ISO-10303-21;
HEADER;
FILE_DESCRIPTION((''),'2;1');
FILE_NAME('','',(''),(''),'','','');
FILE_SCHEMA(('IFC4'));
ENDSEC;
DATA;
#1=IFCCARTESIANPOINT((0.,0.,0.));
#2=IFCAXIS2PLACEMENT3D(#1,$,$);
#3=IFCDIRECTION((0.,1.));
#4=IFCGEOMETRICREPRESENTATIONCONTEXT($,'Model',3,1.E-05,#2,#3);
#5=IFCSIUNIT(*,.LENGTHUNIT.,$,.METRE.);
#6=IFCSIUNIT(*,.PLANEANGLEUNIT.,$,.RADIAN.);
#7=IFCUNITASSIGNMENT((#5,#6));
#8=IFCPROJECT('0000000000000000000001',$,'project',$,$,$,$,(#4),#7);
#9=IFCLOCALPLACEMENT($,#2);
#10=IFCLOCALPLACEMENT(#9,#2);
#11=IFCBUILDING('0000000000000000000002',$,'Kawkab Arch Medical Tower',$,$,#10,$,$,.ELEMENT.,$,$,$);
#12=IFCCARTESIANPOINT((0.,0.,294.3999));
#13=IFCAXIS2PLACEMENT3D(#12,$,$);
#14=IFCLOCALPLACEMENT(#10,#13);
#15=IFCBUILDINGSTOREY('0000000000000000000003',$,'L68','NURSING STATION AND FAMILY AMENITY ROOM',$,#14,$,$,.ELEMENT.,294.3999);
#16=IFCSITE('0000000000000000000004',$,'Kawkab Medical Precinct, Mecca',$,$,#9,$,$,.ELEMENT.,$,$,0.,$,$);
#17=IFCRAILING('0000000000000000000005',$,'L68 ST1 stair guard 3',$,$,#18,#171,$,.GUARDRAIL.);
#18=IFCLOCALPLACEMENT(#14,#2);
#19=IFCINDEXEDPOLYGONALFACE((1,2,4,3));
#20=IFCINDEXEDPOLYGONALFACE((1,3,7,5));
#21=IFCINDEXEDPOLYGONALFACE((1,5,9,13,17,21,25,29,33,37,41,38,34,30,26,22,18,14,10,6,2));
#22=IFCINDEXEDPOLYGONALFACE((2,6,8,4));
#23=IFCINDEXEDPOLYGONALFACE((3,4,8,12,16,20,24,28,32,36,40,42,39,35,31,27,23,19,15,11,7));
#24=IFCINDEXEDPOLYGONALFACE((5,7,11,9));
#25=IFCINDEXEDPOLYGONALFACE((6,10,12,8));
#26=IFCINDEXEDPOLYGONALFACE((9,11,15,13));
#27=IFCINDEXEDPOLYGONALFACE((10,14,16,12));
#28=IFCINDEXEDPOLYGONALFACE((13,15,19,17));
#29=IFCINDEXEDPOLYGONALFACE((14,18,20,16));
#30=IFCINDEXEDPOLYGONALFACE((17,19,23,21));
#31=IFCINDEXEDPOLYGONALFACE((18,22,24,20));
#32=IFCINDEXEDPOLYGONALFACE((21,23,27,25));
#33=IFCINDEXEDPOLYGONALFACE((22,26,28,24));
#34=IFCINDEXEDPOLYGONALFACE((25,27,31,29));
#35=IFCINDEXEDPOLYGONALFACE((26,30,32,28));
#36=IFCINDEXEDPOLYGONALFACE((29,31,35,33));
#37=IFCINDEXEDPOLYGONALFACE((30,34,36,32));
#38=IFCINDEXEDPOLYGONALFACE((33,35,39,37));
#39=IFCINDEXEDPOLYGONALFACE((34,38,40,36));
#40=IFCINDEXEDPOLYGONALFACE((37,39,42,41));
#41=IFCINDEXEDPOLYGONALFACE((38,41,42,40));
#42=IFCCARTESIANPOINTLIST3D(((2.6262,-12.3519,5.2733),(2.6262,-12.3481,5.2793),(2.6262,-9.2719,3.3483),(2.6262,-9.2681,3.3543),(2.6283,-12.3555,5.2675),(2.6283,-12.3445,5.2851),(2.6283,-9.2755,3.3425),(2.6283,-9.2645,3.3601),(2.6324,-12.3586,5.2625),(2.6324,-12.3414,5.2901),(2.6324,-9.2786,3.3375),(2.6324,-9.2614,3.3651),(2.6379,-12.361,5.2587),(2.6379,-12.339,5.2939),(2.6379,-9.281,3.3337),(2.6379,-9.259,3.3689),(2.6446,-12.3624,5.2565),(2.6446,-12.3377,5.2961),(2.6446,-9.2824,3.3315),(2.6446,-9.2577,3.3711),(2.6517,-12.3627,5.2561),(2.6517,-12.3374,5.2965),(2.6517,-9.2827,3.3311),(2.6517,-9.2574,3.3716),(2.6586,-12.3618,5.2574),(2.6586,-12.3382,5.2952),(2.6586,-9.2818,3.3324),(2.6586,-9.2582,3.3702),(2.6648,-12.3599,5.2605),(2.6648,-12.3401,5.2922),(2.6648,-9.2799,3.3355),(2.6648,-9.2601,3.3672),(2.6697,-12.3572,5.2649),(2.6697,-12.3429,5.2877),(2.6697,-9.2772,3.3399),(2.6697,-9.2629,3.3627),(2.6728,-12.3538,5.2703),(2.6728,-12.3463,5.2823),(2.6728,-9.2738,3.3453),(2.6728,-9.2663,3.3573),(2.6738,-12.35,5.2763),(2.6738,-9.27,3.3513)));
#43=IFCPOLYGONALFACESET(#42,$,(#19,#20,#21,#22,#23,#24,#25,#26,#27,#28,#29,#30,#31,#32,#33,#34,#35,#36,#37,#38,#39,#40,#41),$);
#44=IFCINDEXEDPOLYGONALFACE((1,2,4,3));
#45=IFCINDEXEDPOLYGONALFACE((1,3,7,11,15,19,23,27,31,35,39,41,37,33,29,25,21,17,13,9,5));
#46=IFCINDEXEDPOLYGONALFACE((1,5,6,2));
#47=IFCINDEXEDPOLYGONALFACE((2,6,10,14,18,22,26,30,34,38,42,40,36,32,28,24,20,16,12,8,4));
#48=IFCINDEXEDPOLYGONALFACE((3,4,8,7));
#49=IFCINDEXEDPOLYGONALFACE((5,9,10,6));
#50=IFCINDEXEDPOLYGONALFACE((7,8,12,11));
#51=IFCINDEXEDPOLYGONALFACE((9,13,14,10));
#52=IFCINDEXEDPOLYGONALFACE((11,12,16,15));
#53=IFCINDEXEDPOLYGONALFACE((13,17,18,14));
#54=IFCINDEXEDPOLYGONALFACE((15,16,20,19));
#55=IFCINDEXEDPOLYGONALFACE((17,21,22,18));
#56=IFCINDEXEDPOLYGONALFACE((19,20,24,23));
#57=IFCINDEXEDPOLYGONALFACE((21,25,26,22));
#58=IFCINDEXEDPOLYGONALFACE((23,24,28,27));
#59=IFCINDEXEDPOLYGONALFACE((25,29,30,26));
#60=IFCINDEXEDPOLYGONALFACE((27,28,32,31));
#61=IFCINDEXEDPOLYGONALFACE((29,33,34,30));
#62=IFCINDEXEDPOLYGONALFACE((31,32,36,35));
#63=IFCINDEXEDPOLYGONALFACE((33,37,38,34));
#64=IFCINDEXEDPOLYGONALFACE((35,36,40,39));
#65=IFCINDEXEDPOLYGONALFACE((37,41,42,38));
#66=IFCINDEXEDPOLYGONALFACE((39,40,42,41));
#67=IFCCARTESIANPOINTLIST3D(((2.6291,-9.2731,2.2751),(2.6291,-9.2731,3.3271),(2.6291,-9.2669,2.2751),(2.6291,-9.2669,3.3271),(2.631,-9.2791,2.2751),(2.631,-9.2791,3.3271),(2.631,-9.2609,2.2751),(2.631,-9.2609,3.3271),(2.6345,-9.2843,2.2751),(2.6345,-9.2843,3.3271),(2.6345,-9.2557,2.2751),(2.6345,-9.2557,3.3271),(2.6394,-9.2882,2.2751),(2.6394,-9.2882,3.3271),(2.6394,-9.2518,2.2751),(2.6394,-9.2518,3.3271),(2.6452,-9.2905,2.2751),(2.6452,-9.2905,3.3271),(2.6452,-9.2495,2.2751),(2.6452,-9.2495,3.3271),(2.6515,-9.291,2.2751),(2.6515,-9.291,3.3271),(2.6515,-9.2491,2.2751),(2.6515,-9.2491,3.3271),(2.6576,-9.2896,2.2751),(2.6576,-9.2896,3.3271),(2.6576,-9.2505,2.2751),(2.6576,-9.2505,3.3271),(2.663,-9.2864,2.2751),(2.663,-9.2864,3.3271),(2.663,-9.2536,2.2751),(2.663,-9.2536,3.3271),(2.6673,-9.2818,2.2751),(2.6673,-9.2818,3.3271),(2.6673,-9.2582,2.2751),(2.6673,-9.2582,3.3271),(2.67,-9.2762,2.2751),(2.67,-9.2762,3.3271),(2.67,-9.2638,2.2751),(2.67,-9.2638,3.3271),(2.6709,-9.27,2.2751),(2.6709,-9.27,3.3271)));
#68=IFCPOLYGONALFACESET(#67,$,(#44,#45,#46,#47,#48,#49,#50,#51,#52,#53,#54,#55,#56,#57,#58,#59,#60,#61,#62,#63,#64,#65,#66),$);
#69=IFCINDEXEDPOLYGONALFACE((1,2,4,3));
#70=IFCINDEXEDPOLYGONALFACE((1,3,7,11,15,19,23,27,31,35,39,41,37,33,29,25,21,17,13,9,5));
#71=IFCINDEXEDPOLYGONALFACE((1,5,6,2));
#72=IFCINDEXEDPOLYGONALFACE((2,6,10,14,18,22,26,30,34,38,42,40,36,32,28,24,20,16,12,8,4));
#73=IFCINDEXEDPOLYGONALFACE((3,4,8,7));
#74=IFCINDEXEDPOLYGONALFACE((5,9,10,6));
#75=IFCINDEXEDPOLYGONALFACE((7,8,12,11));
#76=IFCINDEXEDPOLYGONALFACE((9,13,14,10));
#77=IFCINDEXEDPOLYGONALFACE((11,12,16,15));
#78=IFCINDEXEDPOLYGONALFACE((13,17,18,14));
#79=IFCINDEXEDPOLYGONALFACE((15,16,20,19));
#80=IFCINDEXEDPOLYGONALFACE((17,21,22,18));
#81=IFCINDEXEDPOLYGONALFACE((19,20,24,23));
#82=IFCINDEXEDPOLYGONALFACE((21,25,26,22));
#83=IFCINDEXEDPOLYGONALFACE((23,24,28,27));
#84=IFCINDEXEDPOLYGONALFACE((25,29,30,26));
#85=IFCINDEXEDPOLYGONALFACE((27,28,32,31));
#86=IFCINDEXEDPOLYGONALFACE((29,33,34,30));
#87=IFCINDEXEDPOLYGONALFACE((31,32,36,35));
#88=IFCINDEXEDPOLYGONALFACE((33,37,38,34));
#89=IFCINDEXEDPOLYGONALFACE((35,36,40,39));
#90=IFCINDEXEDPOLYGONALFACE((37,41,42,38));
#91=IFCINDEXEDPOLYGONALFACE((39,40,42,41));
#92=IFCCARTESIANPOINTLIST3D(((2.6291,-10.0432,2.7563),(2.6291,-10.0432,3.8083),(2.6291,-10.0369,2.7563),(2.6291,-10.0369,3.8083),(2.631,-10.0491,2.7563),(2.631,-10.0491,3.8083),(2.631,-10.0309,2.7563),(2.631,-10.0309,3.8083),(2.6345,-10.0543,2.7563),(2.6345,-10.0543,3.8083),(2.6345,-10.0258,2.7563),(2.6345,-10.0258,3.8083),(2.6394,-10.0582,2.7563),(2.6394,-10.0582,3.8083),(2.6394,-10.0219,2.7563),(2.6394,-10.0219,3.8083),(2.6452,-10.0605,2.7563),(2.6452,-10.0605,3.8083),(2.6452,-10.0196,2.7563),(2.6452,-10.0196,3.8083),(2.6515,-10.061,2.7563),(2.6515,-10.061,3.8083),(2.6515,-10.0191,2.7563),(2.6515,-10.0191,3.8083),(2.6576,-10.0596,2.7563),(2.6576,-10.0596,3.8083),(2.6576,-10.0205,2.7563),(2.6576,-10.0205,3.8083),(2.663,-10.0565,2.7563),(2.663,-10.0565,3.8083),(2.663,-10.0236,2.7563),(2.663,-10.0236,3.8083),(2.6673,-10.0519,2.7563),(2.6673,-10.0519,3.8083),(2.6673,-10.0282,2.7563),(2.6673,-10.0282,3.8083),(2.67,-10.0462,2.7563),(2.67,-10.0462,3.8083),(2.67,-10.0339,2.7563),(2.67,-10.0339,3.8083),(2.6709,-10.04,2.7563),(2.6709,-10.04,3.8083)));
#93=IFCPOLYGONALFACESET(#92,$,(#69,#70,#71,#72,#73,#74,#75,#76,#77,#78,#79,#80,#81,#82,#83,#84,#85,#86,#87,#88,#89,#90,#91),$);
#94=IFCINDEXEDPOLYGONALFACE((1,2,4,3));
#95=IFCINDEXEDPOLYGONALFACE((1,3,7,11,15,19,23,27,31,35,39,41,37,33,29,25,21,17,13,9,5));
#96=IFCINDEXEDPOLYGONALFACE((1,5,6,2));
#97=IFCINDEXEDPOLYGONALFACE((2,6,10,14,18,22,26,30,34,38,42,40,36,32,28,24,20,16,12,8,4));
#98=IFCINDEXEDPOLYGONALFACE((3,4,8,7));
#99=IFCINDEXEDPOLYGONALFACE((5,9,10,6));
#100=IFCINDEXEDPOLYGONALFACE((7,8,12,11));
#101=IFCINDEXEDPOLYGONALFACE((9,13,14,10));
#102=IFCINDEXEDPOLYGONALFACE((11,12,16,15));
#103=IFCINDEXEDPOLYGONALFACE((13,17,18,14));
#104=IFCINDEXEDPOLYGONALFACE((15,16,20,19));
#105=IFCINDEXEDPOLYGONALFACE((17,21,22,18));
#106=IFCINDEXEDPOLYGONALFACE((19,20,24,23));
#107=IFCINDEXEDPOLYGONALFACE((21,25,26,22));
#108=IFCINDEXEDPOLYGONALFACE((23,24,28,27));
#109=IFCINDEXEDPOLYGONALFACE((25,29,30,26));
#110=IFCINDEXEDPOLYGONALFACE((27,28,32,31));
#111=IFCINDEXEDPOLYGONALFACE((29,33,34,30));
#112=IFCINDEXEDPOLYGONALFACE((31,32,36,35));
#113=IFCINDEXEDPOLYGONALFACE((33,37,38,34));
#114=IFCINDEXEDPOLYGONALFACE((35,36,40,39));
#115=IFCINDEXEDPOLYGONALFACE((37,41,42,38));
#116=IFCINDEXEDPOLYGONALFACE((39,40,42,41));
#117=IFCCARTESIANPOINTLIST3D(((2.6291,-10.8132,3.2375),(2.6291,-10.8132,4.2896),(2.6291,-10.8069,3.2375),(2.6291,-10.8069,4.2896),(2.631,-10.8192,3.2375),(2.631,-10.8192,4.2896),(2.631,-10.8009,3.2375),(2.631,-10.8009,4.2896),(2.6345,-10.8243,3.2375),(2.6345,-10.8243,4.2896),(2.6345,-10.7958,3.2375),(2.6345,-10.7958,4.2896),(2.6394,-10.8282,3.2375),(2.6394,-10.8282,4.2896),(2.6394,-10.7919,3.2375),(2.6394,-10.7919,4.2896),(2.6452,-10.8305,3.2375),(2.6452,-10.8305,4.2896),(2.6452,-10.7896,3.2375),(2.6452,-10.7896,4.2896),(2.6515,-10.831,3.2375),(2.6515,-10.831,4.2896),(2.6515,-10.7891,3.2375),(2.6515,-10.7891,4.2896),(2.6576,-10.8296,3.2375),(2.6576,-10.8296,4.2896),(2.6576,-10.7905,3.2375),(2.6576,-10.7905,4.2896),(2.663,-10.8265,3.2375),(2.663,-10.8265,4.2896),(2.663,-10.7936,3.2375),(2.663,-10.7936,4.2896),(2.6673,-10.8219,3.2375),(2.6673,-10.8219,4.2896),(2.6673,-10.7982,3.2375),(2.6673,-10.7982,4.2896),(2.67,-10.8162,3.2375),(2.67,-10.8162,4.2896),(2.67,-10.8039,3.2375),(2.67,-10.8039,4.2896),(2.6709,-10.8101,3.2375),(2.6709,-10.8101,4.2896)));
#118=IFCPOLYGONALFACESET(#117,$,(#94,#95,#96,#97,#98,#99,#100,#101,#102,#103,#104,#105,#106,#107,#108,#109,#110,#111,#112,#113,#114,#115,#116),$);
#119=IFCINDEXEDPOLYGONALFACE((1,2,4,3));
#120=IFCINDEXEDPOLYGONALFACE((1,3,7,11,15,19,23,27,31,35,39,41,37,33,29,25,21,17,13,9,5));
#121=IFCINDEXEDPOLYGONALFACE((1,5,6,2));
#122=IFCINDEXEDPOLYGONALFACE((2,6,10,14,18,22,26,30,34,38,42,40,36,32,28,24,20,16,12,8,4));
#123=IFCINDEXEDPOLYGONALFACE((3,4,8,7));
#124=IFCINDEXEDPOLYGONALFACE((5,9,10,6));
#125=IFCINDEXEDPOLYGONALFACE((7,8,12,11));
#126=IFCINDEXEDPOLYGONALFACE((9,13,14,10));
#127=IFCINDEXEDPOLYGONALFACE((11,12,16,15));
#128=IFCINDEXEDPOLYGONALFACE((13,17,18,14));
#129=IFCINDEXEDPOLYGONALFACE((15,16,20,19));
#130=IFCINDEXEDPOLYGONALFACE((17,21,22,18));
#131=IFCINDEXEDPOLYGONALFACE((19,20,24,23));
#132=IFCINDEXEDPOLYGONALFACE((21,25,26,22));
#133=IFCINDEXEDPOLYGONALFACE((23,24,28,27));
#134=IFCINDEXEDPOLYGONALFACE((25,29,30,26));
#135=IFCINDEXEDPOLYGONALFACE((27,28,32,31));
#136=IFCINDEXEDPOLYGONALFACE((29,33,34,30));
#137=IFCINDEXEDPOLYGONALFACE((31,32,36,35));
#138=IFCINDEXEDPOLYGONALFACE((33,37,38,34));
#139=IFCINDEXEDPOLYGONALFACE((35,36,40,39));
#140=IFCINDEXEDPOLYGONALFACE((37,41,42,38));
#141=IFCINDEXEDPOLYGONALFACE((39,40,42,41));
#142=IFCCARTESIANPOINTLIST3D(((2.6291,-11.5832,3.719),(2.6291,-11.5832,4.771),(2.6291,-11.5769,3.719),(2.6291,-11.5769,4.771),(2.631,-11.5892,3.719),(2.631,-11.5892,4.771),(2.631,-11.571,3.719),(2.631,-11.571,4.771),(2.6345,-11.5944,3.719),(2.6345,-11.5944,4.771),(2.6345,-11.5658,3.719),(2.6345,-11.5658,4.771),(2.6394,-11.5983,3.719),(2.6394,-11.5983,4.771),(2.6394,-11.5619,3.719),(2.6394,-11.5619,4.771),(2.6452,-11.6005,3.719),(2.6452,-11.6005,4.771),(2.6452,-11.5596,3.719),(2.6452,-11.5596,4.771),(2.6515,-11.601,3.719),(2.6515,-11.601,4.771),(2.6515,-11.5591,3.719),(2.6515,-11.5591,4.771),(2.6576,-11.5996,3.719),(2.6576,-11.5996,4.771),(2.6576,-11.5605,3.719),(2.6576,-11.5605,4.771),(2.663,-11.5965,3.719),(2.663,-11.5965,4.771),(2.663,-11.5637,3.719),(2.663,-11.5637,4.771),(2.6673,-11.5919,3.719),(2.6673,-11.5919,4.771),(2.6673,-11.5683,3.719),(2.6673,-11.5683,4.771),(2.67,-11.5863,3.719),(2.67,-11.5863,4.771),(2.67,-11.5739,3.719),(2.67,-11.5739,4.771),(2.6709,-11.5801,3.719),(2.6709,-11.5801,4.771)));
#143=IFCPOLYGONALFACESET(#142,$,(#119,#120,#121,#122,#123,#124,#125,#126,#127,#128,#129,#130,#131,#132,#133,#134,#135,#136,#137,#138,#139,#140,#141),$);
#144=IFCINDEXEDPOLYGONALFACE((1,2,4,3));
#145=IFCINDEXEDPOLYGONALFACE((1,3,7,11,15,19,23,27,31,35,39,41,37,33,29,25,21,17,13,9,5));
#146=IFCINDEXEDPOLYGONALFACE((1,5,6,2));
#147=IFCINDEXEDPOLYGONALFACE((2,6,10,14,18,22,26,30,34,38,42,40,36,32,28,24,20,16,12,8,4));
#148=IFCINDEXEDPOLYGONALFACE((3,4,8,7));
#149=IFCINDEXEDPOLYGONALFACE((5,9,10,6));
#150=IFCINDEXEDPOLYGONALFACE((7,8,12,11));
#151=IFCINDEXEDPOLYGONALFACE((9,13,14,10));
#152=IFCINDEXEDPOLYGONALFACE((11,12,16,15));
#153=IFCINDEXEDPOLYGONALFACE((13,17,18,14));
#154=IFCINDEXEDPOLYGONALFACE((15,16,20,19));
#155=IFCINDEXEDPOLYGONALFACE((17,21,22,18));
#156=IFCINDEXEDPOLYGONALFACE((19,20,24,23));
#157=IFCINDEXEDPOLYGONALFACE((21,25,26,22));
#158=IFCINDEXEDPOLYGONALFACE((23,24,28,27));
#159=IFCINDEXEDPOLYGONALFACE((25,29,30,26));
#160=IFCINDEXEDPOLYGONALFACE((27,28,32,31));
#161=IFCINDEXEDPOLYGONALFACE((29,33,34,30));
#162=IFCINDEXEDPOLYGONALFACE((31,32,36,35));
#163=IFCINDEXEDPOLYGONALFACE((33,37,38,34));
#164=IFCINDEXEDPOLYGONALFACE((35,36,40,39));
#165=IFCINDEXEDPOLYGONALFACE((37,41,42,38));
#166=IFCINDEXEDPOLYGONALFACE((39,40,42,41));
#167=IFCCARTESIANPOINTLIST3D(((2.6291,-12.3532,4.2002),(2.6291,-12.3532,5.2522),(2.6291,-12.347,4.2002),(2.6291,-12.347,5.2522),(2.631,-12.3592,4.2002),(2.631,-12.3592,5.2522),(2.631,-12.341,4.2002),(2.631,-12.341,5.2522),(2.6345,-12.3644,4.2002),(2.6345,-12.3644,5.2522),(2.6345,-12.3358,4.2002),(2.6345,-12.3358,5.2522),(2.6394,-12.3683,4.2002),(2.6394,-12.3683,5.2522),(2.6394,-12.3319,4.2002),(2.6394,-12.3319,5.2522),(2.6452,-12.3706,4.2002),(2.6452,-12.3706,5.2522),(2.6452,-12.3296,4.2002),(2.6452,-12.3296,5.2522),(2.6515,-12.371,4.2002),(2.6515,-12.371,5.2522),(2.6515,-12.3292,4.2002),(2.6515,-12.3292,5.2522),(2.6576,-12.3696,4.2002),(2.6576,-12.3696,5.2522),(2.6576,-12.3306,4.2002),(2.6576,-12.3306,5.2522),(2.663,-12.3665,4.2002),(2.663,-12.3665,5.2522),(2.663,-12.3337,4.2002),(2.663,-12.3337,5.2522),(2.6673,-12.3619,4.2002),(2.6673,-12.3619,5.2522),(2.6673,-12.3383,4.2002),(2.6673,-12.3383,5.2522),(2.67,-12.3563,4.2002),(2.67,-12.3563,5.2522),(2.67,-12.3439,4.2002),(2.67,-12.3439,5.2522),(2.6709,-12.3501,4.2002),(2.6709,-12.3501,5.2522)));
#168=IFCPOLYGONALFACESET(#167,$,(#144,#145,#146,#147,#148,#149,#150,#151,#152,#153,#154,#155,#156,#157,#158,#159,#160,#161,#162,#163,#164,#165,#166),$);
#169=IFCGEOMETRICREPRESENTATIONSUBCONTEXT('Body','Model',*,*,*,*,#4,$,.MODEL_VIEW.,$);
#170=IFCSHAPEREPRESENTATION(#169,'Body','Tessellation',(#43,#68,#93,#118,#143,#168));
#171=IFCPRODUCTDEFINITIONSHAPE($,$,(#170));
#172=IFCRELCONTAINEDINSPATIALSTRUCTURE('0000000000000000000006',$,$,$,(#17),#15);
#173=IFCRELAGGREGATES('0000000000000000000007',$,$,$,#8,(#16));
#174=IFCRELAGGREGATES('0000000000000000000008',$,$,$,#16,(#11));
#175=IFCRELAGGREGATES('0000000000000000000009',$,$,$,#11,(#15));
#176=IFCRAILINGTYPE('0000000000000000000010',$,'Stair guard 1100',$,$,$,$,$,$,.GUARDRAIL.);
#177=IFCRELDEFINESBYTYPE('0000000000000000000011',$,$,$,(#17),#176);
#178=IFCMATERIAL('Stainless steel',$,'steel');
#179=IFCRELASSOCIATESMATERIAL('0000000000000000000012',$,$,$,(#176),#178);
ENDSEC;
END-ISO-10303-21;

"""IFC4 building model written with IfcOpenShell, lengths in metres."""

from ifc_helpers import new_model, si_unit, direction, frame, origin, origin_2d, place, context, subcontext, project, spatial, circle, extrude, material, type_object, element, save


model = new_model("IFC4")

# Units and contexts
model_context = context("Model", 3, precision=1e-05, world=origin(), true_north=direction((0.0, 1.0)))
body_context = subcontext(model_context, "Body", "Model", "MODEL_VIEW")
ifc_project = project(units=[si_unit("LENGTHUNIT", "METRE"), si_unit("PLANEANGLEUNIT", "RADIAN")], contexts=[model_context])

# Site, building, storey
site_placement = place(None, origin())
site = spatial("IfcSite", under=ifc_project, at=site_placement, Name="Kawkab Medical Precinct, Mecca", CompositionType="ELEMENT", RefElevation=0.0)
building_placement = place(site_placement, origin())
building = spatial("IfcBuilding", under=site, at=building_placement, Name="Kawkab Arch Medical Tower", CompositionType="ELEMENT")
storey_placement = place(building_placement, frame((0.0, 0.0, 294.3999)))
storey = spatial("IfcBuildingStorey", under=building, at=storey_placement, Name="L68", Description="NURSING STATION AND FAMILY AMENITY ROOM", CompositionType="ELEMENT", Elevation=294.3999)

# Railing
ifc_material_1 = material(Name="Stainless steel", Category="steel")
railing_type = type_object("IfcRailingType", Name="Stair guard 1100", PredefinedType="GUARDRAIL", material=ifc_material_1)
railing_1_placement = place(storey_placement, frame((2.6499, -9.27, 2.2751)))
element("IfcRailing", 1, at=railing_1_placement, inside=storey, type_object=railing_type, Name="L68 ST1 stair guard 3", PredefinedType="GUARDRAIL", context=body_context, shape_type="SweptSolid", body=[
    extrude(circle(Radius=0.0239, at=origin_2d()), frame((0.0, 0.0, 1.0762), z_axis=(0.0, -0.847998, 0.529999), x_axis=(1.0, 0.0, 0.0)), (0.0, 0.0, 1.0), 3.6321),
    extrude(circle(Radius=0.021, at=origin_2d()), origin(), (0.0, 0.0, 1.0), 1.052),
    extrude(circle(Radius=0.021, at=origin_2d()), frame((0.0, -0.77, 0.4812)), (0.0, 0.0, 1.0), 1.052),
    extrude(circle(Radius=0.021, at=origin_2d()), frame((0.0, -1.54, 0.9624)), (0.0, 0.0, 1.0), 1.052),
    extrude(circle(Radius=0.021, at=origin_2d()), frame((0.0, -2.3101, 1.4438)), (0.0, 0.0, 1.0), 1.052),
    extrude(circle(Radius=0.021, at=origin_2d()), frame((0.0, -3.0801, 1.925)), (0.0, 0.0, 1.0), 1.052),
])

save(model, "model.ifc")
